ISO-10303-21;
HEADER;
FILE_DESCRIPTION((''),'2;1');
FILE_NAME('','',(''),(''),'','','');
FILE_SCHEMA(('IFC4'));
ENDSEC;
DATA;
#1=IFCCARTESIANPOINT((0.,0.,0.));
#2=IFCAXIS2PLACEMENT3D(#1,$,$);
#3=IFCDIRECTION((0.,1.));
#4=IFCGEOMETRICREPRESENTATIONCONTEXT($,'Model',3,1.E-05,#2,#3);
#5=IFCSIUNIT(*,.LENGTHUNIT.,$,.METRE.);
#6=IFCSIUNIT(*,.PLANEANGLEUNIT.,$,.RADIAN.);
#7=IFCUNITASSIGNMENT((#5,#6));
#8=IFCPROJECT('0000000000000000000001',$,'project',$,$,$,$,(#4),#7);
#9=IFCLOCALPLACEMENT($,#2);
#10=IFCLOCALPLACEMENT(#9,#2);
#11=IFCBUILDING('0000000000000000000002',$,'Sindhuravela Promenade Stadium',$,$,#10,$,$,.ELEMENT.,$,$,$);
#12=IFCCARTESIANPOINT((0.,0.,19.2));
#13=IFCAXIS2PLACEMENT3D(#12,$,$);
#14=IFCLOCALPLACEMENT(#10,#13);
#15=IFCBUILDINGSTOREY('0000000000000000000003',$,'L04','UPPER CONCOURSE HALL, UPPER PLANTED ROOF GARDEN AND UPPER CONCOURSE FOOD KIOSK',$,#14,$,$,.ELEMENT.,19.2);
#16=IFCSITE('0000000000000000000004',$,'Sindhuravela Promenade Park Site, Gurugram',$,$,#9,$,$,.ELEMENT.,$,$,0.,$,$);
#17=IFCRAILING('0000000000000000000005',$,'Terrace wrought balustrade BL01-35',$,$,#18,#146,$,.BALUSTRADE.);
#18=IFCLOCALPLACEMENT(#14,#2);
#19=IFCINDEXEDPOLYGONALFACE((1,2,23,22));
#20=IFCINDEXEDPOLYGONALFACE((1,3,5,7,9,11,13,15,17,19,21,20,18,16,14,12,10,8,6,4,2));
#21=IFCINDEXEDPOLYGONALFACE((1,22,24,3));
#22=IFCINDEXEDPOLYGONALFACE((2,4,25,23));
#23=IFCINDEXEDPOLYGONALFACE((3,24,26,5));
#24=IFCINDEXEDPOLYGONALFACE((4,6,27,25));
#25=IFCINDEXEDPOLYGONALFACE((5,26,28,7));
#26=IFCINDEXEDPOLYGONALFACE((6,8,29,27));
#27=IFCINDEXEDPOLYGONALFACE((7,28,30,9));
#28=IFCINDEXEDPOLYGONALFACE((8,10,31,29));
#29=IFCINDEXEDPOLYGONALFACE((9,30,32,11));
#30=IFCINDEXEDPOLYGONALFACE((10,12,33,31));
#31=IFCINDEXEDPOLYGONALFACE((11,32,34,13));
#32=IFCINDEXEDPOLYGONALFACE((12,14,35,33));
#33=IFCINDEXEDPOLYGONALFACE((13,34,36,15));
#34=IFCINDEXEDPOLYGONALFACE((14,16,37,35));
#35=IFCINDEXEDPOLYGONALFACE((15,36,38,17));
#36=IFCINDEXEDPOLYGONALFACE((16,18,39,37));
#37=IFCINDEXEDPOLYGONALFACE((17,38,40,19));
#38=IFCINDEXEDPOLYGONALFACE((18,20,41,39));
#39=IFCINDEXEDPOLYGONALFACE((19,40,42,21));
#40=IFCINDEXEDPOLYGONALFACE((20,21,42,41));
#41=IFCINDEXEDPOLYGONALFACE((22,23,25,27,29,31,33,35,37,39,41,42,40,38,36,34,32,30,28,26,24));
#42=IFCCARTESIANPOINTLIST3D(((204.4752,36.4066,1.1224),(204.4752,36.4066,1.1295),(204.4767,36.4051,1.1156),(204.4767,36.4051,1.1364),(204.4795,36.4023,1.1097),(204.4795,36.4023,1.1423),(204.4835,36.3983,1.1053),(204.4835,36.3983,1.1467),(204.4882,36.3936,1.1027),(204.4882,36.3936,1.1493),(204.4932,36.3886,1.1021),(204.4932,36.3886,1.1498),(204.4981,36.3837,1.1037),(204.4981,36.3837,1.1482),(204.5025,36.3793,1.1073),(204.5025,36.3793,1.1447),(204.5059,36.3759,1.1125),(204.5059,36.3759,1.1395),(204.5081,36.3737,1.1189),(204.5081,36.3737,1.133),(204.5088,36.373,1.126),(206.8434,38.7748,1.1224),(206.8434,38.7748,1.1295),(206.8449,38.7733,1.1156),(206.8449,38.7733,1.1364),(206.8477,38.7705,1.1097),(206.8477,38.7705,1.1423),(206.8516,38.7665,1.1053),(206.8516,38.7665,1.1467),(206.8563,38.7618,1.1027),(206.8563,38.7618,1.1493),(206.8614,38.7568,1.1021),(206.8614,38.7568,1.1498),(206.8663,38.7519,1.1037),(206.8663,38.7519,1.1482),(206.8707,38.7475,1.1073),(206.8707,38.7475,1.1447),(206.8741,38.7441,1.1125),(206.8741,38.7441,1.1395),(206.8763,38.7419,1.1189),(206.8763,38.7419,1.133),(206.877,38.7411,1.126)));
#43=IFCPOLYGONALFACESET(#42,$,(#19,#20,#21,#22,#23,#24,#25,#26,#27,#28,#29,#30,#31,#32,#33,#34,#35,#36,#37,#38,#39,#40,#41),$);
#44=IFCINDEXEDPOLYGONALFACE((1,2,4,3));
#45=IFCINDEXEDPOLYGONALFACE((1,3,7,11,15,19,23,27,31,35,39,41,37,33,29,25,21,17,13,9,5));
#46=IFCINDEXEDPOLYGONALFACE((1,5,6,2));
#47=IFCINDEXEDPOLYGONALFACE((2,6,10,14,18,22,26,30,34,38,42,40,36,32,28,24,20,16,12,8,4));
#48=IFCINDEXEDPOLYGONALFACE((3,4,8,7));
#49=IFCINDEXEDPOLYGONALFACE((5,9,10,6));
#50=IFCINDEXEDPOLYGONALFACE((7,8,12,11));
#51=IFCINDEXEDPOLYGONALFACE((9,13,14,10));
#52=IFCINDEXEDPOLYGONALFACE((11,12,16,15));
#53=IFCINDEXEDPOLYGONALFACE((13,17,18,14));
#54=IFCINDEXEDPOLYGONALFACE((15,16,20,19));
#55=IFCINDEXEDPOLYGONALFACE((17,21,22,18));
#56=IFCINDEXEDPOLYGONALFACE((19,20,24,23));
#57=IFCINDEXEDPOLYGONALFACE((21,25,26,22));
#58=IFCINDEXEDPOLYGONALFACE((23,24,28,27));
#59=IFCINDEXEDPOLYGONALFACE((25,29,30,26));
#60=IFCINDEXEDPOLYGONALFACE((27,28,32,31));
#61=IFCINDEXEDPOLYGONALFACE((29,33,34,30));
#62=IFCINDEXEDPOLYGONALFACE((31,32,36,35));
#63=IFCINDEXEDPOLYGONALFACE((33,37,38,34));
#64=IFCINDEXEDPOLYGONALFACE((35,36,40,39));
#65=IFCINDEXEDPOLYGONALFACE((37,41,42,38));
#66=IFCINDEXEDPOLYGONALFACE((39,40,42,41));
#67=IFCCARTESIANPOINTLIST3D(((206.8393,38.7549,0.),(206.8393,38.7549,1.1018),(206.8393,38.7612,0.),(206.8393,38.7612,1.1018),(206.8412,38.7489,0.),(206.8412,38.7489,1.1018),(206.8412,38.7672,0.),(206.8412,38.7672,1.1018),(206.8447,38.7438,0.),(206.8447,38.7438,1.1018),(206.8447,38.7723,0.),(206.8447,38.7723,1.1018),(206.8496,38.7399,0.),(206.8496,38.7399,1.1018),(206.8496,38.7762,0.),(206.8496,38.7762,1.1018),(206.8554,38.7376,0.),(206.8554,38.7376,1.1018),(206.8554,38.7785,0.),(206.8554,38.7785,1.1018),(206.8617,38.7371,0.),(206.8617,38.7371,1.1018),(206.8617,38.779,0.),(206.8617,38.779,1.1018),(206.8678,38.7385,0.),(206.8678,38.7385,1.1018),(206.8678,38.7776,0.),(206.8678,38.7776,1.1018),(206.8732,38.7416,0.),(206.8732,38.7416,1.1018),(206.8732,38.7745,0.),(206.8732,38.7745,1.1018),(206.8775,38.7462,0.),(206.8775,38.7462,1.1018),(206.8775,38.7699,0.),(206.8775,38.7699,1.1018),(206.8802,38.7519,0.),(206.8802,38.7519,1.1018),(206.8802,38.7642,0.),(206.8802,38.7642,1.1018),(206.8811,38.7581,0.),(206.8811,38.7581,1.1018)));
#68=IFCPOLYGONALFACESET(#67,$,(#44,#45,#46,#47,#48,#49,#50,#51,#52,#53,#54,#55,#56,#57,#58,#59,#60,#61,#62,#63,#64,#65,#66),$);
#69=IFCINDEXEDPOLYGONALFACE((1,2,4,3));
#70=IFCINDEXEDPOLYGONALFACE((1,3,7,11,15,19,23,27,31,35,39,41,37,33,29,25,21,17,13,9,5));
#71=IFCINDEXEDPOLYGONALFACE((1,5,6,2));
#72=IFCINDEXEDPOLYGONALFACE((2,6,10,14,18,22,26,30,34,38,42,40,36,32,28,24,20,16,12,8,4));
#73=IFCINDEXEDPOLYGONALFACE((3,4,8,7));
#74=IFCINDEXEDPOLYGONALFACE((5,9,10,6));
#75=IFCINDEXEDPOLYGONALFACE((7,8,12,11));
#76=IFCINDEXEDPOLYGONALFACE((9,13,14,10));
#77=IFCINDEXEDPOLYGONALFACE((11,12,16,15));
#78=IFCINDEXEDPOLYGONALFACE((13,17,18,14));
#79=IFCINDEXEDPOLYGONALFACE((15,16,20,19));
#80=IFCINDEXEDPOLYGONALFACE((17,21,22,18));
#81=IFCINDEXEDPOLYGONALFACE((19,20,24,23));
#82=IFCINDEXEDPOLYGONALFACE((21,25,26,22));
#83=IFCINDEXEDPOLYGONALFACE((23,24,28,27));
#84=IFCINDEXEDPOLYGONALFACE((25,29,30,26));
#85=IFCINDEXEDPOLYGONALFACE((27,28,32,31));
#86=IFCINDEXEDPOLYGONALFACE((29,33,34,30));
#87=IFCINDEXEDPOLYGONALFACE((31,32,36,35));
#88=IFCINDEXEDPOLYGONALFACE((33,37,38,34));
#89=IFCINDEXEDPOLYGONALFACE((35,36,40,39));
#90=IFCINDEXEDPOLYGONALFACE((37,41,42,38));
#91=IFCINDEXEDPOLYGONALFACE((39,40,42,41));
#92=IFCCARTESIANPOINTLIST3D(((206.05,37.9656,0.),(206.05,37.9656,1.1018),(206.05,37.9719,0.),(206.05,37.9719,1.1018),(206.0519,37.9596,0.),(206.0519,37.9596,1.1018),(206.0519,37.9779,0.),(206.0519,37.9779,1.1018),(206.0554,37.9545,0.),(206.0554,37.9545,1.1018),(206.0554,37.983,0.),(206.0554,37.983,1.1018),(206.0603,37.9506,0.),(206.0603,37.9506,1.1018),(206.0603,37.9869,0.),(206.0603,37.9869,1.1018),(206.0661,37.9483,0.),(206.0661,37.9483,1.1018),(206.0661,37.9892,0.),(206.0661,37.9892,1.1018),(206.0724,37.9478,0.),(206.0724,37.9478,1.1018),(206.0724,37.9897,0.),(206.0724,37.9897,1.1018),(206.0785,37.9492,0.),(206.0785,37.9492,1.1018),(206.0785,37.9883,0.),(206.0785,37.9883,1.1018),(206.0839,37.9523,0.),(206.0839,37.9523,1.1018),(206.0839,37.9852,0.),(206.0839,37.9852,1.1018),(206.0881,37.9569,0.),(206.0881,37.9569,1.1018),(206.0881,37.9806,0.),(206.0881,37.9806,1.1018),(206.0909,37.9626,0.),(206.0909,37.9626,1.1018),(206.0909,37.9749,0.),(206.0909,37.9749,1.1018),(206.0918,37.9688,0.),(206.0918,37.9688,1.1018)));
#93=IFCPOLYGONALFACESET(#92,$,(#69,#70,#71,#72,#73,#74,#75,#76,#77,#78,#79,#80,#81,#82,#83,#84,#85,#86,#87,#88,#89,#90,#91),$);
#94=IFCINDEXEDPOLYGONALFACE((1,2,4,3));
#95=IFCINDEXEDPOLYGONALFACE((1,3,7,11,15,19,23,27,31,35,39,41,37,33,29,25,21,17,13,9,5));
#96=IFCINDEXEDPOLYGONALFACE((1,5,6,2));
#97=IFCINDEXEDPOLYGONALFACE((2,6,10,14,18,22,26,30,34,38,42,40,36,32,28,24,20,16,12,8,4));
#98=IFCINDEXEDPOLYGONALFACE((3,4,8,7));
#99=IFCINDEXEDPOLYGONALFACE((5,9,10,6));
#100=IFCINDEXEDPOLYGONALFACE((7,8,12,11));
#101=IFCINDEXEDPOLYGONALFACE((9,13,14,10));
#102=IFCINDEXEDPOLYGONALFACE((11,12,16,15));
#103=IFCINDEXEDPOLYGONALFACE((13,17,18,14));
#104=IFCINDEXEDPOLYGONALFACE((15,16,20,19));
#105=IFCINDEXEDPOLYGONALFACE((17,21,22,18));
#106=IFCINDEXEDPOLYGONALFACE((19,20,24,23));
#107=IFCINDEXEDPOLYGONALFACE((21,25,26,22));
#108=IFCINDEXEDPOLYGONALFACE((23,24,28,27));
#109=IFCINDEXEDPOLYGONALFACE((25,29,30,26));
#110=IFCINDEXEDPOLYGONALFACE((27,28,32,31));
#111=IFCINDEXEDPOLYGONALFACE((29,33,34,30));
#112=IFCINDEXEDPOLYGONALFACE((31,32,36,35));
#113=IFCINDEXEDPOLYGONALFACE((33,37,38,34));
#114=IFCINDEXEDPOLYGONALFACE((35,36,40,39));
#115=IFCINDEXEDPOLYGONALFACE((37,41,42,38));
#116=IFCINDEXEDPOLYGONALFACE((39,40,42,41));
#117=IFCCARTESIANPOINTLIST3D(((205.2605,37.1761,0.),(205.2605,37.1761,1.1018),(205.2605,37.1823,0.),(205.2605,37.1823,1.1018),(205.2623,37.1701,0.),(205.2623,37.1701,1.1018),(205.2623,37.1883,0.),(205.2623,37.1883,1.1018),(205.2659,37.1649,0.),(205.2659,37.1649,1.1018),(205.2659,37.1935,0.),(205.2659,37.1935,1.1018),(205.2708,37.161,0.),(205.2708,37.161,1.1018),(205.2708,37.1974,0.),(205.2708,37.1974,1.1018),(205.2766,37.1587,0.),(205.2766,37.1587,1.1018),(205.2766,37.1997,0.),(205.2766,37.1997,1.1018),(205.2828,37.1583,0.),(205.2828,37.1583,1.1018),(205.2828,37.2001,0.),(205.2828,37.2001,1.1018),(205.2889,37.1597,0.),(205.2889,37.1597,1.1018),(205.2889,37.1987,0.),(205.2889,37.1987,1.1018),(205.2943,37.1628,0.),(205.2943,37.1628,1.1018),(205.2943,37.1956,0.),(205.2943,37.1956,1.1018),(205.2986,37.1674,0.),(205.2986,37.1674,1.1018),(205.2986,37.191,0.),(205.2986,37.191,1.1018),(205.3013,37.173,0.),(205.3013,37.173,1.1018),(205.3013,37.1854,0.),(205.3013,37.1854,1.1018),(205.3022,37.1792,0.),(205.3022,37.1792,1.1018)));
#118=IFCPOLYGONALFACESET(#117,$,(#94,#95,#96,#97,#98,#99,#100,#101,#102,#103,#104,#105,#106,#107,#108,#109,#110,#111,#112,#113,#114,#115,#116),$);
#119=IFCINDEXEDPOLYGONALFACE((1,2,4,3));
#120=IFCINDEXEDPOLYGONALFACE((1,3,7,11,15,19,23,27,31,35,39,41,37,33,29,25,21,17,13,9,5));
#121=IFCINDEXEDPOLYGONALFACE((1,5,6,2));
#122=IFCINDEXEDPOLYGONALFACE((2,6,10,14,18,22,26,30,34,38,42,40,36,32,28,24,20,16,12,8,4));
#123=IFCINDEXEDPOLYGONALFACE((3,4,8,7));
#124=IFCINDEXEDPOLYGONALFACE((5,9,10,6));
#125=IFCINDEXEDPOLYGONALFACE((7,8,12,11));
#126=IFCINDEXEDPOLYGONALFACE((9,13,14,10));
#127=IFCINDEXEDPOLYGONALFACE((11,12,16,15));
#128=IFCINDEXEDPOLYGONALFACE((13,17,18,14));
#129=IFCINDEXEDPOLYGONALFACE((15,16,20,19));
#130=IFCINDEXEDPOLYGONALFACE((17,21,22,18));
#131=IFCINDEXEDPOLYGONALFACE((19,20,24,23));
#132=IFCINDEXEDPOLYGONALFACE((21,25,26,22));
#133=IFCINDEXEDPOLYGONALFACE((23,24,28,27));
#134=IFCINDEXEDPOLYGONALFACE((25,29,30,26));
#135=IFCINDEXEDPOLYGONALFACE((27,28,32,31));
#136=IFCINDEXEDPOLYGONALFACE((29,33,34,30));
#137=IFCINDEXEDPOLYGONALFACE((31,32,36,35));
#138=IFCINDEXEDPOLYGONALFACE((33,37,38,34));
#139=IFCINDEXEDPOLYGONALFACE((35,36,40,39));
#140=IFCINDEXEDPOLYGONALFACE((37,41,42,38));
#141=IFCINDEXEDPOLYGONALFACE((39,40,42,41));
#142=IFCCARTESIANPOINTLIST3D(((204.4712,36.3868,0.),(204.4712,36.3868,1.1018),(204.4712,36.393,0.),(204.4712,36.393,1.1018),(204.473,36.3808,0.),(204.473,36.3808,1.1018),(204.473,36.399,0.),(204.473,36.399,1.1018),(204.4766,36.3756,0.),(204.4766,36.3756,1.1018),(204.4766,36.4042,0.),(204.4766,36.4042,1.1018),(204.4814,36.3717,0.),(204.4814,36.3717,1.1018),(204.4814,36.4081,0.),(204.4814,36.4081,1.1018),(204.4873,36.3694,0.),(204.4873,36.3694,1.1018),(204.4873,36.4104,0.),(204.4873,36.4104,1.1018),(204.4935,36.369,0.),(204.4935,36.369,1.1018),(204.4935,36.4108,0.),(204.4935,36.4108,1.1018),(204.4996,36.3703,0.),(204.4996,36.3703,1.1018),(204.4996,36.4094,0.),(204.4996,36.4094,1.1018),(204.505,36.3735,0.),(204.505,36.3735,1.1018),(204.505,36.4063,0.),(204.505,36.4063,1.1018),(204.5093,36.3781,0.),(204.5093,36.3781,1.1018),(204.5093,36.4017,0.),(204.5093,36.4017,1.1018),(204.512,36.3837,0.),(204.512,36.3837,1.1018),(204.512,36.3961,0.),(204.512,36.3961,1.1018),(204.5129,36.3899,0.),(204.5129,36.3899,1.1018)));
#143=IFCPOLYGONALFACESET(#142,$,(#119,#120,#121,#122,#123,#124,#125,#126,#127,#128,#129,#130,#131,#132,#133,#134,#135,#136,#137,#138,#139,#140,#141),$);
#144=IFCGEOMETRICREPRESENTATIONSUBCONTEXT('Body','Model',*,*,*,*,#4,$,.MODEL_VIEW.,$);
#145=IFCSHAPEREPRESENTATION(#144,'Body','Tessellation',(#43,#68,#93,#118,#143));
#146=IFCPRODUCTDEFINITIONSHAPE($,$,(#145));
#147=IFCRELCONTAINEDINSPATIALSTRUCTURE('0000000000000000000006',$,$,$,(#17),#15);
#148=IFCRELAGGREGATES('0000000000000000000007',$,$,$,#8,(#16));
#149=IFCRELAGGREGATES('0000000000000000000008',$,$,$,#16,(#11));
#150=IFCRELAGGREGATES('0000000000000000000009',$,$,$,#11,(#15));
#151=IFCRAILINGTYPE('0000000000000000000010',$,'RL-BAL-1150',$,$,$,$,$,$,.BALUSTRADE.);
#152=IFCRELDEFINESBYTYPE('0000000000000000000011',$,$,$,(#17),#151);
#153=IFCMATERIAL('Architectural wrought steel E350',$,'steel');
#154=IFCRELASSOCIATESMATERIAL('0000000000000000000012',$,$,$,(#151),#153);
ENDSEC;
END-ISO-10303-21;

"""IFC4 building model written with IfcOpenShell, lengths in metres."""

from ifc_helpers import new_model, si_unit, direction, frame, origin, origin_2d, place, context, subcontext, project, spatial, circle, extrude, material, type_object, element, save


model = new_model("IFC4")

# Units and contexts
model_context = context("Model", 3, precision=1e-05, world=origin(), true_north=direction((0.0, 1.0)))
body_context = subcontext(model_context, "Body", "Model", "MODEL_VIEW")
ifc_project = project(units=[si_unit("LENGTHUNIT", "METRE"), si_unit("PLANEANGLEUNIT", "RADIAN")], contexts=[model_context])

# Site, building, storey
site_placement = place(None, origin())
site = spatial("IfcSite", under=ifc_project, at=site_placement, Name="Sindhuravela Promenade Park Site, Gurugram", CompositionType="ELEMENT", RefElevation=0.0)
building_placement = place(site_placement, origin())
building = spatial("IfcBuilding", under=site, at=building_placement, Name="Sindhuravela Promenade Stadium", CompositionType="ELEMENT")
storey_placement = place(building_placement, frame((0.0, 0.0, 19.2)))
storey = spatial("IfcBuildingStorey", under=building, at=storey_placement, Name="L04", Description="UPPER CONCOURSE HALL, UPPER PLANTED ROOF GARDEN AND UPPER CONCOURSE FOOD KIOSK", CompositionType="ELEMENT", Elevation=19.2)

# Railing
ifc_material_1 = material(Name="Architectural wrought steel E350", Category="steel")
railing_type = type_object("IfcRailingType", Name="RL-BAL-1150", PredefinedType="BALUSTRADE", material=ifc_material_1)
railing_1_placement = place(storey_placement, frame((206.8601, 38.7581, 0.0)))
element("IfcRailing", 1, at=railing_1_placement, inside=storey, type_object=railing_type, Name="Terrace wrought balustrade BL01-35", PredefinedType="BALUSTRADE", context=body_context, shape_type="SweptSolid", body=[
    extrude(circle(Radius=0.0239, at=origin_2d()), frame((0.0, 0.0, 1.126), z_axis=(-0.707107, -0.707107, 0.0), x_axis=(0.707107, -0.707107, 0.0)), (0.0, 0.0, 1.0), 3.3491),
    extrude(circle(Radius=0.021, at=origin_2d()), origin(), (0.0, 0.0, 1.0), 1.1018),
    extrude(circle(Radius=0.021, at=origin_2d()), frame((-0.7893, -0.7893, 0.0)), (0.0, 0.0, 1.0), 1.1018),
    extrude(circle(Radius=0.021, at=origin_2d()), frame((-1.5789, -1.5789, 0.0)), (0.0, 0.0, 1.0), 1.1018),
    extrude(circle(Radius=0.021, at=origin_2d()), frame((-2.3682, -2.3682, 0.0)), (0.0, 0.0, 1.0), 1.1018),
])

save(model, "model.ifc")
